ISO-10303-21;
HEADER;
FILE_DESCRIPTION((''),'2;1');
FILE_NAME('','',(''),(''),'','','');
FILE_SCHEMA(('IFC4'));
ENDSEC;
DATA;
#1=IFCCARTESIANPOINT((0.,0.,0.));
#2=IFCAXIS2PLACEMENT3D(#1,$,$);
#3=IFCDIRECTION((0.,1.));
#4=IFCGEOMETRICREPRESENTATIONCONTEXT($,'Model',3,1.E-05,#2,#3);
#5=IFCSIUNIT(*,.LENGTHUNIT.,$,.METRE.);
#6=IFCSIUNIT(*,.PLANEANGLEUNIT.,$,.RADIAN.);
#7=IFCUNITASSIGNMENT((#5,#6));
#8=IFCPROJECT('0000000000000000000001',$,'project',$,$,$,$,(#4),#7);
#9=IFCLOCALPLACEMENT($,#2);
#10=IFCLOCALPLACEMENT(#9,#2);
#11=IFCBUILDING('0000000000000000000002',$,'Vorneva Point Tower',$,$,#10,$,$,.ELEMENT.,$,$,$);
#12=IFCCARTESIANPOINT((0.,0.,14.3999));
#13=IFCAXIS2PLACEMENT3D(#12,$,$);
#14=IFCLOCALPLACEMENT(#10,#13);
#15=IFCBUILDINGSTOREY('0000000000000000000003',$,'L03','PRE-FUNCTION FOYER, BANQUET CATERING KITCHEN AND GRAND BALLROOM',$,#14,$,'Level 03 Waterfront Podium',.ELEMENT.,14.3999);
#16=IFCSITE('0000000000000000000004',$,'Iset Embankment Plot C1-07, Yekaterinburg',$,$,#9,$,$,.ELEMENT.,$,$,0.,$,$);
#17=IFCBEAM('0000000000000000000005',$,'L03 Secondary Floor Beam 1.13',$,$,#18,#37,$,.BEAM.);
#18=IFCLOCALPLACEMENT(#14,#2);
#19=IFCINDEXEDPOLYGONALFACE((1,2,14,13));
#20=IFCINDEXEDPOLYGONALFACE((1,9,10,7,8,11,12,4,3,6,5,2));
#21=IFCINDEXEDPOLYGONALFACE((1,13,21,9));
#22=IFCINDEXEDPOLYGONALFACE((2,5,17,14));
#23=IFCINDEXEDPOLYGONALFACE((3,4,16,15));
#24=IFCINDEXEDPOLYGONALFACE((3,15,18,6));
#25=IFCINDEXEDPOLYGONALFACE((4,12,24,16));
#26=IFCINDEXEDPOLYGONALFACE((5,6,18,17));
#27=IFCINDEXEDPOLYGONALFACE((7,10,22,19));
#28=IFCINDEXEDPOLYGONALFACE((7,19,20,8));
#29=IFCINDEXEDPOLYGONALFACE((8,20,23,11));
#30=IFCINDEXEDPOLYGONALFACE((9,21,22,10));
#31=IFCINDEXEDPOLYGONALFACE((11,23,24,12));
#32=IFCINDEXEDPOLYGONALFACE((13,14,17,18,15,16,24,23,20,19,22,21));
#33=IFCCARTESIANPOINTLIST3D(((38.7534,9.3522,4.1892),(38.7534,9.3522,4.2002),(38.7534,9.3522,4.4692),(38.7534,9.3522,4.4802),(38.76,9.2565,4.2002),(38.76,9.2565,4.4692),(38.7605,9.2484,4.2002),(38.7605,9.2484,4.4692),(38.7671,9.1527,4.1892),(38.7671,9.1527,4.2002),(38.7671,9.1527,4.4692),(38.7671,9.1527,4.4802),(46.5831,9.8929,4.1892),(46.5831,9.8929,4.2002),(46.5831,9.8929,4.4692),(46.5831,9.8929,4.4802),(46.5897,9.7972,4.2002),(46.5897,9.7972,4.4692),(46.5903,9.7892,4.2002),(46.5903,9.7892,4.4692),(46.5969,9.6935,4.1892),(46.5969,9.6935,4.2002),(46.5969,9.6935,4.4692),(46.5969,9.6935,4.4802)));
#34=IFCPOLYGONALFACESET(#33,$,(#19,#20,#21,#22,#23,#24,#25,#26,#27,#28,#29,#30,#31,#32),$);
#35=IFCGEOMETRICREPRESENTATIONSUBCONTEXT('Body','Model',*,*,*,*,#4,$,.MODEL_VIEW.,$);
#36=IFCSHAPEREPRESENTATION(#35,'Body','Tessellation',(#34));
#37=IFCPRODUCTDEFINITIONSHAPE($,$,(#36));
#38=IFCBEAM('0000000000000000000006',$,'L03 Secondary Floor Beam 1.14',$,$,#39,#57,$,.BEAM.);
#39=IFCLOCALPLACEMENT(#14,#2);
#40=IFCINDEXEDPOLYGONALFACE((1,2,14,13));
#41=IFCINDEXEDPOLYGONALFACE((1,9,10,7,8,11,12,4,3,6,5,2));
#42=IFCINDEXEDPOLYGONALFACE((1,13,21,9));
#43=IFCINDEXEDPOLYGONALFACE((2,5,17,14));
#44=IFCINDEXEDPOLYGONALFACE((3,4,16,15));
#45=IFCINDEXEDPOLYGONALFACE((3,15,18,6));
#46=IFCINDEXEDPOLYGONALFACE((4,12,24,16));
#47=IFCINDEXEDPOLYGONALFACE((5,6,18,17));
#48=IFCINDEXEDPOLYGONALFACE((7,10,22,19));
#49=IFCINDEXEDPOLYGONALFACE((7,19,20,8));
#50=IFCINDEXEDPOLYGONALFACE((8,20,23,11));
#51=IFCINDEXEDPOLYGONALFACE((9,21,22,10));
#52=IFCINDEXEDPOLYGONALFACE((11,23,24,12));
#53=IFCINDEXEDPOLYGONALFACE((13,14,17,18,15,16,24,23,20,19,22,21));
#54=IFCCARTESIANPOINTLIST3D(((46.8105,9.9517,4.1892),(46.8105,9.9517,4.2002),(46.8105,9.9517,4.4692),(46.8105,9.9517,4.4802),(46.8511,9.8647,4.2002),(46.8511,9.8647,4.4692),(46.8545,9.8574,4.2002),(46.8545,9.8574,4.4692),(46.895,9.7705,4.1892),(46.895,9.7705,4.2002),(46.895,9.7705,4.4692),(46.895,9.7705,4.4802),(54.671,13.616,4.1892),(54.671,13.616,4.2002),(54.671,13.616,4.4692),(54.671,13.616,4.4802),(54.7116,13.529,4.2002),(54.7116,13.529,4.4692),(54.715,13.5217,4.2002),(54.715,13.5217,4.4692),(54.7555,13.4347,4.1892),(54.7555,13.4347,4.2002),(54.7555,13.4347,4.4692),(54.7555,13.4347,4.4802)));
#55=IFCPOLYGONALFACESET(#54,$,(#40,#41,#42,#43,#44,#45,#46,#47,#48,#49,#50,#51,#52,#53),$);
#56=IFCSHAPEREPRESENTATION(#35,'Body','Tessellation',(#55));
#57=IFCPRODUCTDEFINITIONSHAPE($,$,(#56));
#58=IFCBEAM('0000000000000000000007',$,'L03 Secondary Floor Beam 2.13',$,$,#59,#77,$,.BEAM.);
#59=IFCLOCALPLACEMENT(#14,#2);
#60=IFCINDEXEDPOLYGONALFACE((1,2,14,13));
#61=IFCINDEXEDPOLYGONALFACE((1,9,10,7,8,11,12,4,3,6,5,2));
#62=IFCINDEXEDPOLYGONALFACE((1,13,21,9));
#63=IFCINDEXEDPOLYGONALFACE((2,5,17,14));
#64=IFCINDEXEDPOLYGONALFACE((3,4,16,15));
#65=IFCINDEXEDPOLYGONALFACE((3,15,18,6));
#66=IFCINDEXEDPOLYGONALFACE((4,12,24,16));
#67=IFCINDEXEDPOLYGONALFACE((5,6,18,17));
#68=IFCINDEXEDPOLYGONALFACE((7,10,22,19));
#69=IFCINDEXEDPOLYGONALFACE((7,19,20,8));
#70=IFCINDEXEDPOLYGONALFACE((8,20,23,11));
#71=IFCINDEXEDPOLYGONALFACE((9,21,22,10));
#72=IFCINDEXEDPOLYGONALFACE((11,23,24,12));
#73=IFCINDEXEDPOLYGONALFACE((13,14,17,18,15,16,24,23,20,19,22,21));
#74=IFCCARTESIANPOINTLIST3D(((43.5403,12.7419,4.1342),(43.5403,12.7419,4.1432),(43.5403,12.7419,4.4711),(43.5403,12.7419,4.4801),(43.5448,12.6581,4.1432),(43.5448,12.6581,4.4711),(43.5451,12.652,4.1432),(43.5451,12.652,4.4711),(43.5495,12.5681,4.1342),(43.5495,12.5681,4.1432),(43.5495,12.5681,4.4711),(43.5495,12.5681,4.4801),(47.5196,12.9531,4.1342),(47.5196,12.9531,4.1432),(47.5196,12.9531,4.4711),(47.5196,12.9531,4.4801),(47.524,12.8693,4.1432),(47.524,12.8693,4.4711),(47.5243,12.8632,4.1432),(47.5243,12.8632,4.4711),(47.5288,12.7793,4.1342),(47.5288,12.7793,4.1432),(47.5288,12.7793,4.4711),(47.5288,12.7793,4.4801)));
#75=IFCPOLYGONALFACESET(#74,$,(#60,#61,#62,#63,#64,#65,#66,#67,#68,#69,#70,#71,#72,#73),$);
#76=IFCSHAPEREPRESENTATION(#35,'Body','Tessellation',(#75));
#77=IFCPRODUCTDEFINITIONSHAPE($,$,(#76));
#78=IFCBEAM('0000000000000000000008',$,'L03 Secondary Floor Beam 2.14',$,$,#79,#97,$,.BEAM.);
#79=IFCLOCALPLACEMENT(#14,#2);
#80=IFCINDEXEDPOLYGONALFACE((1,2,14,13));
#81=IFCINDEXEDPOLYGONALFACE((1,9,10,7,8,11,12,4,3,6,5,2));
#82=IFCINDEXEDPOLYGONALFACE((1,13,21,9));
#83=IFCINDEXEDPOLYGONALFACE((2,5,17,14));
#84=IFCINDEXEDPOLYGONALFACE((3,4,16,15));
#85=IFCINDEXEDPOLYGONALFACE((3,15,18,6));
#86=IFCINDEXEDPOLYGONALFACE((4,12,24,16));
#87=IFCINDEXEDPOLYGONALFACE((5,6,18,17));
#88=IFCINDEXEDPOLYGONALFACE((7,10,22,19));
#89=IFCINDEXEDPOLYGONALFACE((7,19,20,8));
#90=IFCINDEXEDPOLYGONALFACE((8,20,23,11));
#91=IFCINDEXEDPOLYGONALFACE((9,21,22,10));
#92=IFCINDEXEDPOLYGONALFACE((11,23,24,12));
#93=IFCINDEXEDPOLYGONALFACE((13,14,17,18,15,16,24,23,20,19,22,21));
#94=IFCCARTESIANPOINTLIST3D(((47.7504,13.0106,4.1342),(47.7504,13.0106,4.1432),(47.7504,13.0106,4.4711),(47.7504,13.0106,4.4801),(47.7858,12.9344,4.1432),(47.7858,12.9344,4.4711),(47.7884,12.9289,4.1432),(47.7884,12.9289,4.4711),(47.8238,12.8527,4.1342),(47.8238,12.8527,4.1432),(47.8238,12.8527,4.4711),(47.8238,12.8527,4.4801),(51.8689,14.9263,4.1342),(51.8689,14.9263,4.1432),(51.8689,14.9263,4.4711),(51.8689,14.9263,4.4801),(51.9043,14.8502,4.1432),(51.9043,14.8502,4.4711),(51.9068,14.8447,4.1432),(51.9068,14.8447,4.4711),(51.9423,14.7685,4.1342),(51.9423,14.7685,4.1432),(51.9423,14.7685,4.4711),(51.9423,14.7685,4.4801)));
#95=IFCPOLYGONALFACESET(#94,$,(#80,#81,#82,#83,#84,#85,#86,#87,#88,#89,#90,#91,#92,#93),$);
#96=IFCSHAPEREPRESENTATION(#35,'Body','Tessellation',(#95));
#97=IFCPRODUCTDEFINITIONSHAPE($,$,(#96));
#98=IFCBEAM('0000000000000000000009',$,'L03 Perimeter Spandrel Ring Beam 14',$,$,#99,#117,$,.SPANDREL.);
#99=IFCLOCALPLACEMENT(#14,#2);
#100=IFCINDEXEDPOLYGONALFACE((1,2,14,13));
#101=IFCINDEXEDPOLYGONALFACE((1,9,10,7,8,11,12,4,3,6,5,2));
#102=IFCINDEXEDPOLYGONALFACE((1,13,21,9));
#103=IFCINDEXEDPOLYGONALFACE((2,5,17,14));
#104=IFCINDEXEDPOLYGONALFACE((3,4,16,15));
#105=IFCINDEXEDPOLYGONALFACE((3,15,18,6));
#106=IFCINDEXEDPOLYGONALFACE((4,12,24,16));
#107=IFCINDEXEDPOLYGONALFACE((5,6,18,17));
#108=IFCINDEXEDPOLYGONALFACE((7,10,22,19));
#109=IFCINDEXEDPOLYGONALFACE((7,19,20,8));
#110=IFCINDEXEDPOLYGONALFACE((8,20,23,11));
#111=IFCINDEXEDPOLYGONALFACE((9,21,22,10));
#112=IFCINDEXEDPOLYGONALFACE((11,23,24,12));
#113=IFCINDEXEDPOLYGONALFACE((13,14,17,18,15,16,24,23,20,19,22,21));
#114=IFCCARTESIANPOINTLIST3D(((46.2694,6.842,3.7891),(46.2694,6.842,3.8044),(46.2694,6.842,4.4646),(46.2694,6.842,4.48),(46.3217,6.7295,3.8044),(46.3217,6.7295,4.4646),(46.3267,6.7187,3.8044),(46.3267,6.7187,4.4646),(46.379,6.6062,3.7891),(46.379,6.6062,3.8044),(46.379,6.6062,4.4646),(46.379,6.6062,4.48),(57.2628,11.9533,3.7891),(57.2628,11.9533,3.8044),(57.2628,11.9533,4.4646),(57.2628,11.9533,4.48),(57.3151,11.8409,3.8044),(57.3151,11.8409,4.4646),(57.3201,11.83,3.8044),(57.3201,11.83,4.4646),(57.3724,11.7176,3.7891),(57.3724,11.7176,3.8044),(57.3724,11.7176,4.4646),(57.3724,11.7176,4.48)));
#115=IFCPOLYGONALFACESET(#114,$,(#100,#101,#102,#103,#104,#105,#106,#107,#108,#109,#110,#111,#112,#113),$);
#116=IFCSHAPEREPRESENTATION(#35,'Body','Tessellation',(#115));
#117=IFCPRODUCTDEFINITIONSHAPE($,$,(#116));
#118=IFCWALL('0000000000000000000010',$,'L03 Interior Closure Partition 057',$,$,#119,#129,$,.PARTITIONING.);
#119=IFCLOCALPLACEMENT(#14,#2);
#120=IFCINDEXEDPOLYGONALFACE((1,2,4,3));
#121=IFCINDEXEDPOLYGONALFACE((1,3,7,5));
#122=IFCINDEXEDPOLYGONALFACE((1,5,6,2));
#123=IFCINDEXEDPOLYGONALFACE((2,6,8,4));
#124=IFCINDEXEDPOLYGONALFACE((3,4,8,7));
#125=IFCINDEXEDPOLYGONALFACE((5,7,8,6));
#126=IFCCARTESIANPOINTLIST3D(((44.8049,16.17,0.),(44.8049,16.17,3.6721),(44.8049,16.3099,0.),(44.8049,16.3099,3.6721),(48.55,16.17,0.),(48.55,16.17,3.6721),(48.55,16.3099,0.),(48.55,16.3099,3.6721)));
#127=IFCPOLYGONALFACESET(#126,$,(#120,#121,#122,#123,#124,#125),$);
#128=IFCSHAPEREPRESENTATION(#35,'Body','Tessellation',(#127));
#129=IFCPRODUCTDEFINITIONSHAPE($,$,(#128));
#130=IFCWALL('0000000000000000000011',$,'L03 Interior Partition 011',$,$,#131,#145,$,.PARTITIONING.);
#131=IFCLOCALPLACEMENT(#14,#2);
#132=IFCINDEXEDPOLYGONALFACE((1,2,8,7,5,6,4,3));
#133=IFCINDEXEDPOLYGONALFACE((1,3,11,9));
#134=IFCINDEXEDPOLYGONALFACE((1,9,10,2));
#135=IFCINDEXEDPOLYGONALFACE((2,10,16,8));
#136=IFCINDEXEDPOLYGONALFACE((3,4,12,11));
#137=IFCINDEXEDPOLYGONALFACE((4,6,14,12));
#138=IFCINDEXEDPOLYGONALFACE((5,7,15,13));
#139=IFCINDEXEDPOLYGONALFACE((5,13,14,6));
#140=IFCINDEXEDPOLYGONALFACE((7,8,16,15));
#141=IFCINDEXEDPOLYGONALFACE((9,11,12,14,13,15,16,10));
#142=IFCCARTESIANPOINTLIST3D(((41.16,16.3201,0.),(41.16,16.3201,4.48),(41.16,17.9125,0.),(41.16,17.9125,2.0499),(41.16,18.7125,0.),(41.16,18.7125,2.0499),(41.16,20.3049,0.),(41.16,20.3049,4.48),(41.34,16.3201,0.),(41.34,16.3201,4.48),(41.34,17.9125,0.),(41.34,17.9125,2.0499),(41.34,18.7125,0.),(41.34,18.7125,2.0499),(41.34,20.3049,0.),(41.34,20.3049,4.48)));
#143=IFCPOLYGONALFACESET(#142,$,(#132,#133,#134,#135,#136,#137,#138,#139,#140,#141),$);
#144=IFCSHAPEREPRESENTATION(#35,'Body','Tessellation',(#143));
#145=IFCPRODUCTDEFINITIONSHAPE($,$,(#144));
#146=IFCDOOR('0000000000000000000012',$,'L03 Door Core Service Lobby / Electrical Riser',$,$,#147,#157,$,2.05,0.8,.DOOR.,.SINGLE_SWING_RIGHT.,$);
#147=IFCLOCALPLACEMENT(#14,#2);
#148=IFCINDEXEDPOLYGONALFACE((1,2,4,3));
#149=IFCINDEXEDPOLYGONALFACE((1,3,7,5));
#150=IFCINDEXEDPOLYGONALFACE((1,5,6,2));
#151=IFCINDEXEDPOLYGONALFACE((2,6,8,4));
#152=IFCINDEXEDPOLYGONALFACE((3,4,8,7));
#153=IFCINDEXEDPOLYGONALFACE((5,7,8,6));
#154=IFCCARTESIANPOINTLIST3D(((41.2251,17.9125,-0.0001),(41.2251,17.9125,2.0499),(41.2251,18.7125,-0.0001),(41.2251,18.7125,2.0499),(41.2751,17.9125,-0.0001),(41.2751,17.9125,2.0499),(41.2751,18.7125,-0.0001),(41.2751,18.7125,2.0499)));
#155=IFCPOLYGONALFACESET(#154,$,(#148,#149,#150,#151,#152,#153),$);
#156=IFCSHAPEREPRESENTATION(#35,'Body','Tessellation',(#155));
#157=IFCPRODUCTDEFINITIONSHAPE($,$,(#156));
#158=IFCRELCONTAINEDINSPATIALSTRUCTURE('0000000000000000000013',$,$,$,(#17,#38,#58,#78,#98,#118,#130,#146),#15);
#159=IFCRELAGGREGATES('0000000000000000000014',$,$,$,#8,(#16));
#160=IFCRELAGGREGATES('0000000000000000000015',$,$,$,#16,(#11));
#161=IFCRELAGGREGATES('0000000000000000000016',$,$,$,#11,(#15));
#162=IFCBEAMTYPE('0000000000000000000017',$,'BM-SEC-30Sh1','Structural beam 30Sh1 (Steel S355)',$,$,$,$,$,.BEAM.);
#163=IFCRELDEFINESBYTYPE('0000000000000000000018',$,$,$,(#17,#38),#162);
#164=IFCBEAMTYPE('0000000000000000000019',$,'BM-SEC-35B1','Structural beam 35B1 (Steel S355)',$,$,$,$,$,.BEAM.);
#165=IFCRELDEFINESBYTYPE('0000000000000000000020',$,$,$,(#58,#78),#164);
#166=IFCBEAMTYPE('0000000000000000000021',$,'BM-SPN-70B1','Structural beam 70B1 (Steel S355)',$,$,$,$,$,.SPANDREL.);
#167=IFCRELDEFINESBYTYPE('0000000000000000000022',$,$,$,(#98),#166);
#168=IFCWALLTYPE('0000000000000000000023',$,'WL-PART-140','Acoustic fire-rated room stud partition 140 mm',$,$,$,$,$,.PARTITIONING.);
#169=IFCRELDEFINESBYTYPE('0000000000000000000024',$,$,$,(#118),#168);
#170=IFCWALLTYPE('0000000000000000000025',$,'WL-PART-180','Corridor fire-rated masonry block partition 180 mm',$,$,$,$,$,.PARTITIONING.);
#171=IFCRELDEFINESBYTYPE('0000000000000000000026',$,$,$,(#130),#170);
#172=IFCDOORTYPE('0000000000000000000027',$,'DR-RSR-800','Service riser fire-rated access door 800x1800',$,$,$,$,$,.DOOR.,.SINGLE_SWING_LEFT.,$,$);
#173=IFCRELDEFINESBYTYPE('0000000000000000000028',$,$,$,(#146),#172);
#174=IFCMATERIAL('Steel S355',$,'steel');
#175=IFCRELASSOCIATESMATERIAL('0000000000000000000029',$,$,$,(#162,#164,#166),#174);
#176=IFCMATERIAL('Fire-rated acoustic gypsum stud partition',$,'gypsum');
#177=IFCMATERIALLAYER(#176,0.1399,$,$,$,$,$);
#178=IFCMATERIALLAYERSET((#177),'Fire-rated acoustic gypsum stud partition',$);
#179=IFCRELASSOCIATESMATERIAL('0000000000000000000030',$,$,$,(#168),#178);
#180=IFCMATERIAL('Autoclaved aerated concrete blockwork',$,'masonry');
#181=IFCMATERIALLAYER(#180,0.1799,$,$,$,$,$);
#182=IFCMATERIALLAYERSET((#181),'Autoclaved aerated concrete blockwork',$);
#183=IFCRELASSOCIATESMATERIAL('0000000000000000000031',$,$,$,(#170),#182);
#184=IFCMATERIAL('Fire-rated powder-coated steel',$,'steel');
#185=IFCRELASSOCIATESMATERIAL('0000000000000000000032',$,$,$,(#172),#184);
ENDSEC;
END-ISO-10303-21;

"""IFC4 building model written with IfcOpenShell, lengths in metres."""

from ifc_helpers import new_model, si_unit, direction, frame, frame_2d, origin, origin_2d, place, context, subcontext, project, spatial, rectangle, i_section, extrude, material, layer, layer_set, material_profile, profile_set, type_object, element, fill, save


model = new_model("IFC4")

# Units and contexts
model_context = context("Model", 3, precision=1e-05, world=origin(), true_north=direction((0.0, 1.0)))
body_context = subcontext(model_context, "Body", "Model", "MODEL_VIEW")
ifc_project = project(units=[si_unit("LENGTHUNIT", "METRE"), si_unit("PLANEANGLEUNIT", "RADIAN")], contexts=[model_context])

# Site, building, storey
site_placement = place(None, origin())
site = spatial("IfcSite", under=ifc_project, at=site_placement, Name="Iset Embankment Plot C1-07, Yekaterinburg", CompositionType="ELEMENT", RefElevation=0.0)
building_placement = place(site_placement, origin())
building = spatial("IfcBuilding", under=site, at=building_placement, Name="Vorneva Point Tower", CompositionType="ELEMENT")
storey_placement = place(building_placement, frame((0.0, 0.0, 14.3999)))
storey = spatial("IfcBuildingStorey", under=building, at=storey_placement, Name="L03", Description="PRE-FUNCTION FOYER, BANQUET CATERING KITCHEN AND GRAND BALLROOM", LongName="Level 03 Waterfront Podium", CompositionType="ELEMENT", Elevation=14.3999)

# Beams
ifc_material_1 = material(Name="Steel S355", Category="steel")
ifc_material_profile_1 = material_profile(ifc_material_1, i_section(OverallWidth=0.2, OverallDepth=0.291, WebThickness=0.0081, FlangeThickness=0.011, at=origin_2d()), Name="30Sh1")
ifc_profile_set_1 = profile_set([ifc_material_profile_1], Name="Steel S355")
beam_type_1 = type_object("IfcBeamType", Name="BM-SEC-30Sh1", Description="Structural beam 30Sh1 (Steel S355)", PredefinedType="BEAM", material=ifc_profile_set_1)
beam_1_placement = place(storey_placement, frame((38.7603, 9.2524, 4.3347), z_axis=(0.997623, 0.068901, 0.0), x_axis=(-0.068901, 0.997623, 0.0)))
element("IfcBeam", 1, at=beam_1_placement, inside=storey, type_object=beam_type_1, Name="L03 Secondary Floor Beam 1.13", PredefinedType="BEAM", context=body_context, shape_type="SweptSolid", body=[
    extrude(i_section(OverallWidth=0.2, OverallDepth=0.291, WebThickness=0.0081, FlangeThickness=0.011, at=origin_2d()), origin(), (0.0, 0.0, 1.0), 7.8484),
])
beam_2_placement = place(storey_placement, frame((46.8528, 9.8611, 4.3347), z_axis=(0.906359, 0.422509, 0.0), x_axis=(-0.422509, 0.906359, 0.0)))
element("IfcBeam", 2, at=beam_2_placement, inside=storey, type_object=beam_type_1, Name="L03 Secondary Floor Beam 1.14", PredefinedType="BEAM", context=body_context, shape_type="SweptSolid", body=[
    extrude(i_section(OverallWidth=0.2, OverallDepth=0.291, WebThickness=0.0081, FlangeThickness=0.011, at=origin_2d()), origin(), (0.0, 0.0, 1.0), 8.6726),
])
ifc_material_profile_2 = material_profile(ifc_material_1, i_section(OverallWidth=0.1741, OverallDepth=0.3459, WebThickness=0.0061, FlangeThickness=0.009, at=origin_2d()), Name="35B1")
ifc_profile_set_2 = profile_set([ifc_material_profile_2], Name="Steel S355")
beam_type_2 = type_object("IfcBeamType", Name="BM-SEC-35B1", Description="Structural beam 35B1 (Steel S355)", PredefinedType="BEAM", material=ifc_profile_set_2)
beam_3_placement = place(storey_placement, frame((43.5449, 12.655, 4.3071), z_axis=(0.998595, 0.052996, 0.0), x_axis=(-0.052996, 0.998595, 0.0)))
element("IfcBeam", 3, at=beam_3_placement, inside=storey, type_object=beam_type_2, Name="L03 Secondary Floor Beam 2.13", PredefinedType="BEAM", context=body_context, shape_type="SweptSolid", body=[
    extrude(i_section(OverallWidth=0.1741, OverallDepth=0.3459, WebThickness=0.0061, FlangeThickness=0.009, at=origin_2d()), origin(), (0.0, 0.0, 1.0), 3.9849),
])
beam_4_placement = place(storey_placement, frame((47.7871, 12.9316, 4.3071), z_axis=(0.906702, 0.421773, 0.0), x_axis=(-0.421773, 0.906702, 0.0)))
element("IfcBeam", 4, at=beam_4_placement, inside=storey, type_object=beam_type_2, Name="L03 Secondary Floor Beam 2.14", PredefinedType="BEAM", context=body_context, shape_type="SweptSolid", body=[
    extrude(i_section(OverallWidth=0.1741, OverallDepth=0.3459, WebThickness=0.0061, FlangeThickness=0.009, at=origin_2d()), origin(), (0.0, 0.0, 1.0), 4.5422),
])
ifc_material_profile_3 = material_profile(ifc_material_1, i_section(OverallWidth=0.26, OverallDepth=0.6909, WebThickness=0.012, FlangeThickness=0.0154, at=origin_2d()), Name="70B1")
ifc_profile_set_3 = profile_set([ifc_material_profile_3], Name="Steel S355")
beam_type_3 = type_object("IfcBeamType", Name="BM-SPN-70B1", Description="Structural beam 70B1 (Steel S355)", PredefinedType="SPANDREL", material=ifc_profile_set_3)
beam_5_placement = place(storey_placement, frame((46.3242, 6.7241, 4.1345), z_axis=(0.906781, 0.421603, 0.0), x_axis=(-0.421603, 0.906781, 0.0)))
element("IfcBeam", 5, at=beam_5_placement, inside=storey, type_object=beam_type_3, Name="L03 Perimeter Spandrel Ring Beam 14", PredefinedType="SPANDREL", context=body_context, shape_type="SweptSolid", body=[
    extrude(i_section(OverallWidth=0.26, OverallDepth=0.6909, WebThickness=0.012, FlangeThickness=0.0154, at=origin_2d()), origin(), (0.0, 0.0, 1.0), 12.1235),
])

# Wall
ifc_material_2 = material(Name="Fire-rated acoustic gypsum stud partition", Category="gypsum")
ifc_layer_1 = layer(ifc_material_2, 0.1399)
ifc_layer_set_1 = layer_set([ifc_layer_1], Name="Fire-rated acoustic gypsum stud partition")
wall_type_1 = type_object("IfcWallType", Name="WL-PART-140", Description="Acoustic fire-rated room stud partition 140 mm", PredefinedType="PARTITIONING", material=ifc_layer_set_1)
wall_1_placement = place(storey_placement, frame((48.55, 16.24, 0.0), z_axis=(0.0, 0.0, 1.0), x_axis=(-1.0, 0.0, 0.0)))
element("IfcWall", 6, at=wall_1_placement, inside=storey, type_object=wall_type_1, Name="L03 Interior Closure Partition 057", PredefinedType="PARTITIONING", context=body_context, shape_type="SweptSolid", body=[
    extrude(rectangle(XDim=3.7451, YDim=0.1399, at=frame_2d((1.8726, 0.0))), origin(), (0.0, 0.0, 1.0), 3.6721),
])

# Wall, opening, door
ifc_material_3 = material(Name="Autoclaved aerated concrete blockwork", Category="masonry")
ifc_layer_2 = layer(ifc_material_3, 0.1799)
ifc_layer_set_2 = layer_set([ifc_layer_2], Name="Autoclaved aerated concrete blockwork")
wall_type_2 = type_object("IfcWallType", Name="WL-PART-180", Description="Corridor fire-rated masonry block partition 180 mm", PredefinedType="PARTITIONING", material=ifc_layer_set_2)
wall_2_placement = place(storey_placement, frame((41.25, 16.3201, 0.0), z_axis=(0.0, 0.0, 1.0), x_axis=(0.0, 1.0, 0.0)))
wall_2 = element("IfcWall", 7, at=wall_2_placement, inside=storey, type_object=wall_type_2, Name="L03 Interior Partition 011", PredefinedType="PARTITIONING", context=body_context, shape_type="SweptSolid", body=[
    extrude(rectangle(XDim=3.9849, YDim=0.1799, at=frame_2d((1.9924, 0.0))), origin(), (0.0, 0.0, 1.0), 4.48),
])
opening_1_placement = place(wall_2_placement, frame((1.5925, 0.0, 0.0)))
opening_1 = element("IfcOpeningElement", 8, at=opening_1_placement, cuts=wall_2, PredefinedType="OPENING", context=body_context, shape_type="SweptSolid", body=[
    extrude(rectangle(XDim=0.8, YDim=2.05, at=frame_2d((0.3999, 1.0249))), frame((0.0, 0.105, 0.0), z_axis=(0.0, -1.0, 0.0), x_axis=(1.0, 0.0, 0.0)), (0.0, 0.0, 1.0), 0.2097),
])
ifc_material_4 = material(Name="Fire-rated powder-coated steel", Category="steel")
door_type_1 = type_object("IfcDoorType", Name="DR-RSR-800", Description="Service riser fire-rated access door 800x1800", OperationType="SINGLE_SWING_LEFT", PredefinedType="DOOR", material=ifc_material_4)
door_1_placement = place(opening_1_placement, origin())
door_1 = element("IfcDoor", 9, at=door_1_placement, inside=storey, type_object=door_type_1, Name="L03 Door Core Service Lobby / Electrical Riser", OperationType="SINGLE_SWING_RIGHT", OverallHeight=2.05, OverallWidth=0.8, PredefinedType="DOOR", context=body_context, shape_type="SweptSolid", body=[
    extrude(rectangle(XDim=0.8, YDim=2.05, at=frame_2d((0.3999, 1.0249))), frame((0.0, 0.0249, 0.0), z_axis=(0.0, -1.0, 0.0), x_axis=(1.0, 0.0, 0.0)), (0.0, 0.0, 1.0), 0.05),
])
fill(opening_1, door_1)

save(model, "model.ifc")
